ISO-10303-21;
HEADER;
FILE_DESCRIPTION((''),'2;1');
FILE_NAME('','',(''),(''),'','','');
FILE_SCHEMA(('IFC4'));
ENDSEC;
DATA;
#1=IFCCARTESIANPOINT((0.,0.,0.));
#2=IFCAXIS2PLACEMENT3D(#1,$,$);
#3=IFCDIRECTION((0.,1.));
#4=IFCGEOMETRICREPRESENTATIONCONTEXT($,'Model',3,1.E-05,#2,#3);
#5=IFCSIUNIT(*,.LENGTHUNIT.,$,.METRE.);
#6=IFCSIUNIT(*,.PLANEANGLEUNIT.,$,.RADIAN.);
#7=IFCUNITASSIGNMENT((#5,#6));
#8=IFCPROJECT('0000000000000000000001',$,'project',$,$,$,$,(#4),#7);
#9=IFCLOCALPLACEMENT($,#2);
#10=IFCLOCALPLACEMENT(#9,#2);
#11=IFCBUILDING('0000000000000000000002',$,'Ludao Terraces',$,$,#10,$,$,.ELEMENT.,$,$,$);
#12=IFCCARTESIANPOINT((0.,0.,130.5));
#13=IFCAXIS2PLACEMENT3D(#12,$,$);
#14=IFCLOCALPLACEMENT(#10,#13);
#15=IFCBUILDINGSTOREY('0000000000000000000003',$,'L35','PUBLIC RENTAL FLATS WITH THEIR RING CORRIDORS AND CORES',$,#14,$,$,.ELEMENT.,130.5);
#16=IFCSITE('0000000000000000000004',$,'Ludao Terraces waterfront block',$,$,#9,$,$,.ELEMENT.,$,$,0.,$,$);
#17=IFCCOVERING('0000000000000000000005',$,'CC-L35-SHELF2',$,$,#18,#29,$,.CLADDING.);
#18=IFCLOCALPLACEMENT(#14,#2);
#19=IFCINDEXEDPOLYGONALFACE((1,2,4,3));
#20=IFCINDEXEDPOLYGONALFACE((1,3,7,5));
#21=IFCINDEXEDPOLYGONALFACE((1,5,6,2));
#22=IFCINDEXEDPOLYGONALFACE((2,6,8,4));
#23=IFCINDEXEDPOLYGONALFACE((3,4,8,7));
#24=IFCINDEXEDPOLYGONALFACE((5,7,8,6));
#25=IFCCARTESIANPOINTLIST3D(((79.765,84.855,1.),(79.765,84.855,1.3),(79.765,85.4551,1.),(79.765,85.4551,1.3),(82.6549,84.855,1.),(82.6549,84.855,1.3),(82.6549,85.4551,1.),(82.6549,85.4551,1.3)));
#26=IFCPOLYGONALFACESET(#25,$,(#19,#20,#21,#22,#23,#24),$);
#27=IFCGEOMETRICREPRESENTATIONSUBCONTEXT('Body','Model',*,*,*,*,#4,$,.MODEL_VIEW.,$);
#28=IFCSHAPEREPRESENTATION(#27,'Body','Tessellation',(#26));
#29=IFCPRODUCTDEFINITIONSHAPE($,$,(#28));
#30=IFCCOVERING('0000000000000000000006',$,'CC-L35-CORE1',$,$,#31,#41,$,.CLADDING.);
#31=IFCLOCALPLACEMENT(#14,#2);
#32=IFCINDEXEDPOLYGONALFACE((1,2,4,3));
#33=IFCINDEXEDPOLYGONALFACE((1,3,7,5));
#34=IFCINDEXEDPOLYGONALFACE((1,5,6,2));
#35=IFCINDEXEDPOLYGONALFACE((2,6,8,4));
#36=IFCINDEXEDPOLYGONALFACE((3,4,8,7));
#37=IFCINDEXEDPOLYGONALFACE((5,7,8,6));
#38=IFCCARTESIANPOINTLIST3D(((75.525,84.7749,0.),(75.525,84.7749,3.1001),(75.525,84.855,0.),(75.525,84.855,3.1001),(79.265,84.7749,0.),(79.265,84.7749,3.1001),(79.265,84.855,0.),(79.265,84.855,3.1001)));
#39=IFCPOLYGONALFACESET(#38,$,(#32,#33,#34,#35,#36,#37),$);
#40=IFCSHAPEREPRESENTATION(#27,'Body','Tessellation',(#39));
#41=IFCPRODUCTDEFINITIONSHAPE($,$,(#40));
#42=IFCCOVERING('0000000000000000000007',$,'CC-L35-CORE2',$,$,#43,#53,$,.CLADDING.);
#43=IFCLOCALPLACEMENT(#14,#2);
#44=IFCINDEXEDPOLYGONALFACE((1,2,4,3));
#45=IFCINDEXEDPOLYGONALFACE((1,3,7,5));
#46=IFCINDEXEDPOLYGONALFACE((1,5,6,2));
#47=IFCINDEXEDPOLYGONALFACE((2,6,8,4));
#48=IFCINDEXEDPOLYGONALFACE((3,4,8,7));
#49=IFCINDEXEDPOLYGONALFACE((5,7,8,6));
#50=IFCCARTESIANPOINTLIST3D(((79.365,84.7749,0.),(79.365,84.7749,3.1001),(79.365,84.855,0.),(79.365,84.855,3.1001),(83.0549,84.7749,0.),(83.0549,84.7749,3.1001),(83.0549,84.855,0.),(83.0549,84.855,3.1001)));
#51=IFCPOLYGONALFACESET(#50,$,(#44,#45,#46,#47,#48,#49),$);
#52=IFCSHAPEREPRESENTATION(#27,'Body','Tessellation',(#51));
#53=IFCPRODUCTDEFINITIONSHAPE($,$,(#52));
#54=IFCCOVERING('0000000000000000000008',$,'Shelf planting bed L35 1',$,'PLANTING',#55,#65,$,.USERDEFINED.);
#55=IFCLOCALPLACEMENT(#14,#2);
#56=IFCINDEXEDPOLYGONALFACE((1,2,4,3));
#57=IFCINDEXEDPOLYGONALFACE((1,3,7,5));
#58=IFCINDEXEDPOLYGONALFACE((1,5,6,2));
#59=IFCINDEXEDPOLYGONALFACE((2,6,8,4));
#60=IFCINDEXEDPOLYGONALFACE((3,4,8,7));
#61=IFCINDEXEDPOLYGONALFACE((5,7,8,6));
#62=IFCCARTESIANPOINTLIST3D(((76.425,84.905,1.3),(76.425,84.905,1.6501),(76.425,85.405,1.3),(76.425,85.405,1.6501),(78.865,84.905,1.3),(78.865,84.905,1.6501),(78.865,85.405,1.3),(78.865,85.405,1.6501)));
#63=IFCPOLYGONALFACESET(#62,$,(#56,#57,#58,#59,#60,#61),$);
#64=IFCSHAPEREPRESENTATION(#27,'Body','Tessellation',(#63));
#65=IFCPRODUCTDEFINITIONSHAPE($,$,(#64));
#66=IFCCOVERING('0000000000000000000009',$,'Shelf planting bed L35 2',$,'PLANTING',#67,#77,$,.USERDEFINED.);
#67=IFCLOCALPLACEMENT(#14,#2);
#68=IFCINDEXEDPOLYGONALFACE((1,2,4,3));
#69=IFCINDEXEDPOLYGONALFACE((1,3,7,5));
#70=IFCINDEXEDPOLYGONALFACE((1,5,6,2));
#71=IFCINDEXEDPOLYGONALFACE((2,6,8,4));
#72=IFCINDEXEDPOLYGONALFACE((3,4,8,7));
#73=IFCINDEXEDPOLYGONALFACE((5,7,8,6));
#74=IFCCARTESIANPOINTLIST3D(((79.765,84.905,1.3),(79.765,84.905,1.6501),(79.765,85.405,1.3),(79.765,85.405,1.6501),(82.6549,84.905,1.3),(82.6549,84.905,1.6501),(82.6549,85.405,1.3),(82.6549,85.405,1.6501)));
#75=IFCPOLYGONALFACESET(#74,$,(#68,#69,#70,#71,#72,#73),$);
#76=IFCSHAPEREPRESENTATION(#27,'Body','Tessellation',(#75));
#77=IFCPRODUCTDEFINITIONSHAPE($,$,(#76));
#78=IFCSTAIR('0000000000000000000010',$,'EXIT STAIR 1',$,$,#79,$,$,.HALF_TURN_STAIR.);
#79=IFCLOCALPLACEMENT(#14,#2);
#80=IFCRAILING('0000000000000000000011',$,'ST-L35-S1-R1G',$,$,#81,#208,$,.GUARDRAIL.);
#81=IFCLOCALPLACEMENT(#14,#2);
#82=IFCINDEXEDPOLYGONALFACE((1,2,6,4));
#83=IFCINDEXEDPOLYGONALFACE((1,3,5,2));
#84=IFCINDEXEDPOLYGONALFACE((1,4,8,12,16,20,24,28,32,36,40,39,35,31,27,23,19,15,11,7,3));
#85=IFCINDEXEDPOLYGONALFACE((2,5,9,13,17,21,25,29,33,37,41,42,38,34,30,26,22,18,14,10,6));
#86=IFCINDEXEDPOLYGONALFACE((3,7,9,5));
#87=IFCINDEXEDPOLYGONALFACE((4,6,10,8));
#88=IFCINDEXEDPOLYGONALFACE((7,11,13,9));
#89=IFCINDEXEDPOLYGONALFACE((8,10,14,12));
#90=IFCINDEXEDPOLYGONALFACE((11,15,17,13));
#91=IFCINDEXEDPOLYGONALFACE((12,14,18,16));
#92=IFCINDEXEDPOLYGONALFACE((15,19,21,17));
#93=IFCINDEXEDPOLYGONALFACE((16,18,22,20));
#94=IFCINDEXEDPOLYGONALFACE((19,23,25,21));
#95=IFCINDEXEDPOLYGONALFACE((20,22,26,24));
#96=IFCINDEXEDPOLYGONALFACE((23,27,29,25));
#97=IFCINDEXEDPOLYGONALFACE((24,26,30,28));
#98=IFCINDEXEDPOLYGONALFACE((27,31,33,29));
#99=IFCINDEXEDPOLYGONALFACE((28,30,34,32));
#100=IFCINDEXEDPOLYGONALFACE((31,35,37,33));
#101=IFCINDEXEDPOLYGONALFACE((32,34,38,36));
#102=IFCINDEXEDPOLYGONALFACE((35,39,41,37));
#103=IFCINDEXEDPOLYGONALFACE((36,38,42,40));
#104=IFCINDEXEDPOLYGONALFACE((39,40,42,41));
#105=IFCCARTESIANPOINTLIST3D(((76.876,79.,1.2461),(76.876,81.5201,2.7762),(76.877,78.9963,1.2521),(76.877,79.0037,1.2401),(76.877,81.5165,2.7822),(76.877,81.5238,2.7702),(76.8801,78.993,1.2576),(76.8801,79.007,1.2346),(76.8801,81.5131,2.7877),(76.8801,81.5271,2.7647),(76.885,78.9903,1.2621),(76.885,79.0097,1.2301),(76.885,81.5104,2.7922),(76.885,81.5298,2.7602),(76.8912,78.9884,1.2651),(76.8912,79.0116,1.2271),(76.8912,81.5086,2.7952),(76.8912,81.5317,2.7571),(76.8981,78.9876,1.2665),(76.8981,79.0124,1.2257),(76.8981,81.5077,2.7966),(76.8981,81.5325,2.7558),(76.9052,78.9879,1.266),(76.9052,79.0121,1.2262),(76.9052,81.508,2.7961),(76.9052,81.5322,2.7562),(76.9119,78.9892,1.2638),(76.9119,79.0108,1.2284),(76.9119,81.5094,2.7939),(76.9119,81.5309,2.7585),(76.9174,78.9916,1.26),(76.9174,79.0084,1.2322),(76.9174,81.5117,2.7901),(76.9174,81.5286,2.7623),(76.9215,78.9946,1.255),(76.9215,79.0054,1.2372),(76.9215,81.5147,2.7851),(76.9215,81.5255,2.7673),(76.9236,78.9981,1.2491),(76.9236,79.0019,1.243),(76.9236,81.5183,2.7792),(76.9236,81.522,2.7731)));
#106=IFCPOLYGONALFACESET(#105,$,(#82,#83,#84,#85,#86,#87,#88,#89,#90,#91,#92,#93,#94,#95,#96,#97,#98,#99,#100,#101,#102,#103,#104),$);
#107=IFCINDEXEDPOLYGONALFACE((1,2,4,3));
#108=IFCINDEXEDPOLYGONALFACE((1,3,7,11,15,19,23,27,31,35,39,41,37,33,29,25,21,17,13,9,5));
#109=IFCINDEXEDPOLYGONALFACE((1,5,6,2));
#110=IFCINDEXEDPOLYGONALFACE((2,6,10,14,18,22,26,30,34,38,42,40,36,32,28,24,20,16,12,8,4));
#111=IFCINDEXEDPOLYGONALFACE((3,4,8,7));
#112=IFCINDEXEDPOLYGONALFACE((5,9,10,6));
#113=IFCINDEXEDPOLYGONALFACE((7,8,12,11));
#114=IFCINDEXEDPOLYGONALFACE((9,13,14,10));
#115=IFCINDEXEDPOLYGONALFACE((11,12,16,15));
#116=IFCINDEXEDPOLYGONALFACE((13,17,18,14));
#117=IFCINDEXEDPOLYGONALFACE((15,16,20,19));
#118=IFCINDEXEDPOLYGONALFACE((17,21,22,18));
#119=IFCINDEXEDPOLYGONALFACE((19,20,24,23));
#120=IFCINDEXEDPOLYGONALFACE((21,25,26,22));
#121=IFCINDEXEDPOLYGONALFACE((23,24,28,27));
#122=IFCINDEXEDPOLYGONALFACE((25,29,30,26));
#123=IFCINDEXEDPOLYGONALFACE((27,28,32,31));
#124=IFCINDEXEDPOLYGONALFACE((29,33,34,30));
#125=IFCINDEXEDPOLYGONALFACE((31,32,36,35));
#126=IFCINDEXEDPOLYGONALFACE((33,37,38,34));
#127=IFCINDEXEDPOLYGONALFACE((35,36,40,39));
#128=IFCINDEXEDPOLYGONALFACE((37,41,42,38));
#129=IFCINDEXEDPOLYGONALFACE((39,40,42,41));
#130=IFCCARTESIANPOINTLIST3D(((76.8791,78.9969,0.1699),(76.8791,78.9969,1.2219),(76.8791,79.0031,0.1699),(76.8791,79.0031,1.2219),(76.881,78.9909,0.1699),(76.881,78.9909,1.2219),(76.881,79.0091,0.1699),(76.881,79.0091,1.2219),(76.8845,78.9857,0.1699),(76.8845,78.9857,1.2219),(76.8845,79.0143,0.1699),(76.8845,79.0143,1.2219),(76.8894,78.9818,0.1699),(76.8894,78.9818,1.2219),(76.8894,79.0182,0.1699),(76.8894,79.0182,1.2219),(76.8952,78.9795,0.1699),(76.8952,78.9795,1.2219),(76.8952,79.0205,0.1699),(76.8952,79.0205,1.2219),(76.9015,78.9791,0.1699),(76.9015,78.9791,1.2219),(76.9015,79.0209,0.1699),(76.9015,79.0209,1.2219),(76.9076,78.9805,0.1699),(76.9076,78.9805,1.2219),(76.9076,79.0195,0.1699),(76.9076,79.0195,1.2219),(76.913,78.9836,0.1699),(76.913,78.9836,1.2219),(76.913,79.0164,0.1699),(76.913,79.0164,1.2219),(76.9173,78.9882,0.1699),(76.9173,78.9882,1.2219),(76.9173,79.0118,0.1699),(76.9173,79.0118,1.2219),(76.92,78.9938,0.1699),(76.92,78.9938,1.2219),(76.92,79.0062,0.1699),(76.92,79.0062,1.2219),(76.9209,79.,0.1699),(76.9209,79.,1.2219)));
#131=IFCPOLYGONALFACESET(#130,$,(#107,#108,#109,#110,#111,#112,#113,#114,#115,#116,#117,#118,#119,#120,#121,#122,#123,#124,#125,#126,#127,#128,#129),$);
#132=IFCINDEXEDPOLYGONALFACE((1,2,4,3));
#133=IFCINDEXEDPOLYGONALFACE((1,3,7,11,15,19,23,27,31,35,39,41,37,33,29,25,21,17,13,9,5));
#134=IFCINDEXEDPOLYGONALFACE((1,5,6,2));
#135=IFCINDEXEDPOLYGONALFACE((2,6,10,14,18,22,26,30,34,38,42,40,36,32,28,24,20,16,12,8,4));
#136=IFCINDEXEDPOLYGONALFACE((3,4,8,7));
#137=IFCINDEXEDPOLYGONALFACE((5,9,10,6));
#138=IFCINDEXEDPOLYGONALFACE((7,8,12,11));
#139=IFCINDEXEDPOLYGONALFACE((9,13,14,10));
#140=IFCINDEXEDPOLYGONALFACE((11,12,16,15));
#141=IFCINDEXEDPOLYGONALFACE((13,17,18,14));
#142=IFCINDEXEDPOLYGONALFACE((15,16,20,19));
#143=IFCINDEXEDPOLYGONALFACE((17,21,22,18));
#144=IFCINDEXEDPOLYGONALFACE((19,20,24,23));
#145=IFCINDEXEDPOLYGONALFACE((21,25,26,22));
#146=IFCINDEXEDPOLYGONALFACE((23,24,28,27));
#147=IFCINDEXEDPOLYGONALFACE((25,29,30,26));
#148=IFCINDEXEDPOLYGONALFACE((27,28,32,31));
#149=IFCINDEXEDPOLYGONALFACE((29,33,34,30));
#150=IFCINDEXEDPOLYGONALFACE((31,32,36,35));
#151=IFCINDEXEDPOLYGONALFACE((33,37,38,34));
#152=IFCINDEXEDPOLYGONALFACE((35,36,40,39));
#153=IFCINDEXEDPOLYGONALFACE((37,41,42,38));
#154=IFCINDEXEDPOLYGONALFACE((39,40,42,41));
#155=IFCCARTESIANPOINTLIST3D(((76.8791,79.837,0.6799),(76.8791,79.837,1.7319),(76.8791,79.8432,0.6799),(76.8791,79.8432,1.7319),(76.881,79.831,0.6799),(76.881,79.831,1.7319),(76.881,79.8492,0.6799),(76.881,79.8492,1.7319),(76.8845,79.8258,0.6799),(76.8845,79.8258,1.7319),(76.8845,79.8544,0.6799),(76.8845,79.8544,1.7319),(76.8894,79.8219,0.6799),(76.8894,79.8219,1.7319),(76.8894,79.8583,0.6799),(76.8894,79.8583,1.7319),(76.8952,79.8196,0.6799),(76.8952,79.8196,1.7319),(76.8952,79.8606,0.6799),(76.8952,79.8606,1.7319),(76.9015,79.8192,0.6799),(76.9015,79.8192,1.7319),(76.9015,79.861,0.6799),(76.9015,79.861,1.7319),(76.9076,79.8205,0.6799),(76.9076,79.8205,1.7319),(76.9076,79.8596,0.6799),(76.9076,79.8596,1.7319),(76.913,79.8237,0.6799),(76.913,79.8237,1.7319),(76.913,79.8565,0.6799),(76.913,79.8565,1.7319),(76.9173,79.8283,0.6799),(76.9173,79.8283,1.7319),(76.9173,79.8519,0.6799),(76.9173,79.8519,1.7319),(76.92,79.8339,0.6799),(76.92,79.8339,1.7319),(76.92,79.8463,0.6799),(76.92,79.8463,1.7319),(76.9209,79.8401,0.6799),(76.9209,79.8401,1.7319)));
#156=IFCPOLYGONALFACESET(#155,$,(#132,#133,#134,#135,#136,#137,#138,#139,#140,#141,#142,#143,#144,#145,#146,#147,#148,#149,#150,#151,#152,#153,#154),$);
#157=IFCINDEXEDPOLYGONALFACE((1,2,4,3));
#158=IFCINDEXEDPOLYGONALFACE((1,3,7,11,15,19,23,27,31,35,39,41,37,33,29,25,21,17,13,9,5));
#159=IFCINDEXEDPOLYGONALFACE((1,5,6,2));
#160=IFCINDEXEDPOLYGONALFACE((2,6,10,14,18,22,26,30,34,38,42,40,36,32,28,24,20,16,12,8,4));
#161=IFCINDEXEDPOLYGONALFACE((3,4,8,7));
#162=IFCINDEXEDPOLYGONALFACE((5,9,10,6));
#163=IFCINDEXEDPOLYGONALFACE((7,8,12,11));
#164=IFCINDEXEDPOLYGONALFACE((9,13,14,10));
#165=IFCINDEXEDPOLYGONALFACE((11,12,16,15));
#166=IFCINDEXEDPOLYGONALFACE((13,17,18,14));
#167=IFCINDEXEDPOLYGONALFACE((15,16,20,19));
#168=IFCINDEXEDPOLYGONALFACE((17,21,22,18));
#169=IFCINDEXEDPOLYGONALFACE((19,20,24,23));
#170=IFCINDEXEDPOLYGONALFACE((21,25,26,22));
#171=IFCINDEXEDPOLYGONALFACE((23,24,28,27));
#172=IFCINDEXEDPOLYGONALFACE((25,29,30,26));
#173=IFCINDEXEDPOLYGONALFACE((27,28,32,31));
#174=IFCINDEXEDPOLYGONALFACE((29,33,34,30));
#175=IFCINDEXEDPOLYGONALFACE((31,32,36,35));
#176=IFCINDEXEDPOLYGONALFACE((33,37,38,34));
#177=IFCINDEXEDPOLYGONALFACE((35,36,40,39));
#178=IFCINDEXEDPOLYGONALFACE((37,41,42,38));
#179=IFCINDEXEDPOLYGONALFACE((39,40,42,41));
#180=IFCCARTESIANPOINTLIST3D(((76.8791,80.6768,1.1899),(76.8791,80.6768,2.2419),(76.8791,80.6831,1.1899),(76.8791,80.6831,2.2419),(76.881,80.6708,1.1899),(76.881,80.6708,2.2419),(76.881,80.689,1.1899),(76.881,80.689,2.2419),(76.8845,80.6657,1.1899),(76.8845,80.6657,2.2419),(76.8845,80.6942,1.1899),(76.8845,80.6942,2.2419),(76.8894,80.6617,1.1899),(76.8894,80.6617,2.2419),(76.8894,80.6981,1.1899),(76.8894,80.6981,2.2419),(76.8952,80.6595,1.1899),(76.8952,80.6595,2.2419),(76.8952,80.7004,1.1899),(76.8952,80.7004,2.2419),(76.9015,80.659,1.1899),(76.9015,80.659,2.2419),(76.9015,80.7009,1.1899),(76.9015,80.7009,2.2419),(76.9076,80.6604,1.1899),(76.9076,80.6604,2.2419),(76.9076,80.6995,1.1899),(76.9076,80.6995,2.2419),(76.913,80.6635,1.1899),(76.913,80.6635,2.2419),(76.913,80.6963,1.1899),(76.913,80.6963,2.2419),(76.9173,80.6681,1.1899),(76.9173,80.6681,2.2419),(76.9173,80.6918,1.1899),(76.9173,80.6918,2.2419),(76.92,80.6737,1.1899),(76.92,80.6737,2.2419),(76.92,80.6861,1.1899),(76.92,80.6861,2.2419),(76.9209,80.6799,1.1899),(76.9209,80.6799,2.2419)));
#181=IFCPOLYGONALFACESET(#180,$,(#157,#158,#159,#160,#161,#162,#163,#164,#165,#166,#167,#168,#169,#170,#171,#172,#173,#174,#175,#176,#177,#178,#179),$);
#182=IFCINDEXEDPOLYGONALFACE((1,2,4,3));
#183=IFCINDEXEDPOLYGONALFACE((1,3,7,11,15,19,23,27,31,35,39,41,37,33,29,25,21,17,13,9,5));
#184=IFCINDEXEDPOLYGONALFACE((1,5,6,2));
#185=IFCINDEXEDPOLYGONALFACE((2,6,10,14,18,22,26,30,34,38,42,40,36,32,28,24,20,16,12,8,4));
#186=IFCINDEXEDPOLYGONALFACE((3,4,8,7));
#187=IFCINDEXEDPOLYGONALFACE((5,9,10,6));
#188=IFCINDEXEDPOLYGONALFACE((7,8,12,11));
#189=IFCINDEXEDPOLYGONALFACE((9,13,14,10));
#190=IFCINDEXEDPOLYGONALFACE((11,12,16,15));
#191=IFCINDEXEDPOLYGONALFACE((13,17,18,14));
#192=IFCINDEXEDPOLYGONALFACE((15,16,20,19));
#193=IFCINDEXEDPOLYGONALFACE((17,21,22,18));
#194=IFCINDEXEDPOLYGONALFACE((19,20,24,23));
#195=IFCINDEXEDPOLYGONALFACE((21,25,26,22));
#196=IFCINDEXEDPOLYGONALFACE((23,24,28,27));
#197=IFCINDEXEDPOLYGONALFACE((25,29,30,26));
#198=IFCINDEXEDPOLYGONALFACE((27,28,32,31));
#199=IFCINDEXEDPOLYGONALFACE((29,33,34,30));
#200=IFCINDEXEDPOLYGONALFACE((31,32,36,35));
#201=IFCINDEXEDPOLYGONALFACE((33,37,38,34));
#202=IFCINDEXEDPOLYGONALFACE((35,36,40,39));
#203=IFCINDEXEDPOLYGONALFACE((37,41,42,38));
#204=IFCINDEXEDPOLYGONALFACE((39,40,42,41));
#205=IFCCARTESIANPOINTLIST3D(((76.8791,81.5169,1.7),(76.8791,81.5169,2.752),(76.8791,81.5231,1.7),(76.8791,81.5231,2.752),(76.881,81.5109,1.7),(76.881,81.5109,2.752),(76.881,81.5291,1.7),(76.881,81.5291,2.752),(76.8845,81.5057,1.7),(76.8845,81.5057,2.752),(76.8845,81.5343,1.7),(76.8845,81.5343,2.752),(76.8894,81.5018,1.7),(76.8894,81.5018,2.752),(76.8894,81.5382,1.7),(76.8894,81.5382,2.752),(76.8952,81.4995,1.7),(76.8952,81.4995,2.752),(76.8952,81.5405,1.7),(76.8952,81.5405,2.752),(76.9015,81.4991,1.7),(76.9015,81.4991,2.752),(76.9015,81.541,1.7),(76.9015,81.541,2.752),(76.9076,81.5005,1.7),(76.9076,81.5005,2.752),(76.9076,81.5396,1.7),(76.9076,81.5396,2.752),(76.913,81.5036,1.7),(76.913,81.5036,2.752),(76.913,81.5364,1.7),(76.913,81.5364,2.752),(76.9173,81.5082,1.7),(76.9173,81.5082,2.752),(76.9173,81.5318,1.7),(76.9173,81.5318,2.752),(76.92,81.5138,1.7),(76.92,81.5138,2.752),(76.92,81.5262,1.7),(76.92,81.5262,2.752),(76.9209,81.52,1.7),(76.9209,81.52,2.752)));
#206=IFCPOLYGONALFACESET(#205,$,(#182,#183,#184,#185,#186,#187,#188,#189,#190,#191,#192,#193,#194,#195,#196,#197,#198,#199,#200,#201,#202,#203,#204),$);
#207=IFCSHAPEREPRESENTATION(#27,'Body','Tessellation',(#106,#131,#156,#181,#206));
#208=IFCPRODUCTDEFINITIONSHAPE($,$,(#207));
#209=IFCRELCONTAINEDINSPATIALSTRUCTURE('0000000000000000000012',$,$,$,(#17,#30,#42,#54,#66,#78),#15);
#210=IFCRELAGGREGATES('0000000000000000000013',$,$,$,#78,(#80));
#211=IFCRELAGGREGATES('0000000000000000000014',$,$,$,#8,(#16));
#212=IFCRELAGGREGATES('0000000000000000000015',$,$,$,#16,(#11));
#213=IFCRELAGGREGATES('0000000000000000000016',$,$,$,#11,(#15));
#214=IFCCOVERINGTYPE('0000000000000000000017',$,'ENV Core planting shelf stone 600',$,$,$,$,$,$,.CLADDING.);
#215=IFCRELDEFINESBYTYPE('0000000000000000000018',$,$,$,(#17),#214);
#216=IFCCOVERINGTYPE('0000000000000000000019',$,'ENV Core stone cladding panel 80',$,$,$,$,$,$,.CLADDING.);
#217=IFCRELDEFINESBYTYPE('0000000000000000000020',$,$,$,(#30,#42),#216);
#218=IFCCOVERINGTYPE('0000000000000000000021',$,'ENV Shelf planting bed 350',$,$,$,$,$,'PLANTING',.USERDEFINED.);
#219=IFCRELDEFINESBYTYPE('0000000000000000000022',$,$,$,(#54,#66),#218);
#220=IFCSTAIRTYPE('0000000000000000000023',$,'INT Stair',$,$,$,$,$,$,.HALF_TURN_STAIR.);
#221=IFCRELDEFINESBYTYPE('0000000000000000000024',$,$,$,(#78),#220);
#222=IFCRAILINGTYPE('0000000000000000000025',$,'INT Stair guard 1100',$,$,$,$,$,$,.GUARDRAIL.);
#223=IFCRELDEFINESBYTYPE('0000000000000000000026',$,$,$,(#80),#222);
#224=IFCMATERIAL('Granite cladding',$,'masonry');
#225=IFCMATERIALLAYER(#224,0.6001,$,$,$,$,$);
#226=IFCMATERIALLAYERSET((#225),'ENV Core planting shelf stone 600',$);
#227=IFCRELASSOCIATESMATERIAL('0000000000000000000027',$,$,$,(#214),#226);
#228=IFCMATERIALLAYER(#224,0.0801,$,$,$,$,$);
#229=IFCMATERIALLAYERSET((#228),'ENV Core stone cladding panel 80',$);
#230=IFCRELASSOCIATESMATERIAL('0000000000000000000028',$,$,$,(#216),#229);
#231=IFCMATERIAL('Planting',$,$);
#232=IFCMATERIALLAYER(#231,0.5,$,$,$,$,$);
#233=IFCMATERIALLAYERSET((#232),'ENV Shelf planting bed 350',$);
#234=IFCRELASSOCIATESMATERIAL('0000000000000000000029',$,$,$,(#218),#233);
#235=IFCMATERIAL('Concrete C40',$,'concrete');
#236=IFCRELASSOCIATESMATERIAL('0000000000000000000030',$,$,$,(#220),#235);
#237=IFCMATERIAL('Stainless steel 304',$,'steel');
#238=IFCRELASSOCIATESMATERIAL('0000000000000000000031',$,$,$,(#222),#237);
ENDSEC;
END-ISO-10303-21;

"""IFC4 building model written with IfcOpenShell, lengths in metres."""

from ifc_helpers import new_model, si_unit, direction, frame, origin, origin_2d, place, context, subcontext, project, spatial, rectangle, circle, extrude, material, layer, layer_set, type_object, element, aggregate, save


model = new_model("IFC4")

# Units and contexts
model_context = context("Model", 3, precision=1e-05, world=origin(), true_north=direction((0.0, 1.0)))
body_context = subcontext(model_context, "Body", "Model", "MODEL_VIEW")
ifc_project = project(units=[si_unit("LENGTHUNIT", "METRE"), si_unit("PLANEANGLEUNIT", "RADIAN")], contexts=[model_context])

# Site, building, storey
site_placement = place(None, origin())
site = spatial("IfcSite", under=ifc_project, at=site_placement, Name="Ludao Terraces waterfront block", CompositionType="ELEMENT", RefElevation=0.0)
building_placement = place(site_placement, origin())
building = spatial("IfcBuilding", under=site, at=building_placement, Name="Ludao Terraces", CompositionType="ELEMENT")
storey_placement = place(building_placement, frame((0.0, 0.0, 130.5)))
storey = spatial("IfcBuildingStorey", under=building, at=storey_placement, Name="L35", Description="PUBLIC RENTAL FLATS WITH THEIR RING CORRIDORS AND CORES", CompositionType="ELEMENT", Elevation=130.5)

# Shared definitions
ifc_material_1 = material(Name="Stainless steel 304", Category="steel")

# Coverings
ifc_material_2 = material(Name="Granite cladding", Category="masonry")
ifc_layer_1 = layer(ifc_material_2, 0.6001)
ifc_layer_set_1 = layer_set([ifc_layer_1], Name="ENV Core planting shelf stone 600")
covering_type_1 = type_object("IfcCoveringType", Name="ENV Core planting shelf stone 600", PredefinedType="CLADDING", material=ifc_layer_set_1)
covering_1_placement = place(storey_placement, frame((81.21, 85.155, 1.0), z_axis=(0.0, 0.0, 1.0), x_axis=(1.0, 0.0, 0.0)))
element("IfcCovering", 1, at=covering_1_placement, inside=storey, type_object=covering_type_1, Name="CC-L35-SHELF2", PredefinedType="CLADDING", context=body_context, shape_type="SweptSolid", body=[
    extrude(rectangle(XDim=2.8899, YDim=0.6001, at=origin_2d()), origin(), (0.0, 0.0, 1.0), 0.3),
])
ifc_layer_2 = layer(ifc_material_2, 0.0801)
ifc_layer_set_2 = layer_set([ifc_layer_2], Name="ENV Core stone cladding panel 80")
covering_type_2 = type_object("IfcCoveringType", Name="ENV Core stone cladding panel 80", PredefinedType="CLADDING", material=ifc_layer_set_2)
covering_2_placement = place(storey_placement, frame((77.395, 84.8149, 0.0), z_axis=(0.0, 0.0, 1.0), x_axis=(1.0, 0.0, 0.0)))
element("IfcCovering", 2, at=covering_2_placement, inside=storey, type_object=covering_type_2, Name="CC-L35-CORE1", PredefinedType="CLADDING", context=body_context, shape_type="SweptSolid", body=[
    extrude(rectangle(XDim=3.74, YDim=0.0801, at=origin_2d()), origin(), (0.0, 0.0, 1.0), 3.1001),
])
covering_3_placement = place(storey_placement, frame((81.21, 84.8149, 0.0), z_axis=(0.0, 0.0, 1.0), x_axis=(1.0, 0.0, 0.0)))
element("IfcCovering", 3, at=covering_3_placement, inside=storey, type_object=covering_type_2, Name="CC-L35-CORE2", PredefinedType="CLADDING", context=body_context, shape_type="SweptSolid", body=[
    extrude(rectangle(XDim=3.6899, YDim=0.0801, at=origin_2d()), origin(), (0.0, 0.0, 1.0), 3.1001),
])
ifc_material_3 = material(Name="Planting")
ifc_layer_3 = layer(ifc_material_3, 0.5)
ifc_layer_set_3 = layer_set([ifc_layer_3], Name="ENV Shelf planting bed 350")
covering_type_3 = type_object("IfcCoveringType", Name="ENV Shelf planting bed 350", ElementType="PLANTING", PredefinedType="USERDEFINED", material=ifc_layer_set_3)
covering_4_placement = place(storey_placement, frame((77.645, 85.155, 1.3), z_axis=(0.0, 0.0, 1.0), x_axis=(1.0, 0.0, 0.0)))
element("IfcCovering", 4, at=covering_4_placement, inside=storey, type_object=covering_type_3, Name="Shelf planting bed L35 1", ObjectType="PLANTING", PredefinedType="USERDEFINED", context=body_context, shape_type="SweptSolid", body=[
    extrude(rectangle(XDim=2.4399, YDim=0.5, at=origin_2d()), origin(), (0.0, 0.0, 1.0), 0.3501),
])
covering_5_placement = place(storey_placement, frame((81.21, 85.155, 1.3), z_axis=(0.0, 0.0, 1.0), x_axis=(1.0, 0.0, 0.0)))
element("IfcCovering", 5, at=covering_5_placement, inside=storey, type_object=covering_type_3, Name="Shelf planting bed L35 2", ObjectType="PLANTING", PredefinedType="USERDEFINED", context=body_context, shape_type="SweptSolid", body=[
    extrude(rectangle(XDim=2.8899, YDim=0.5, at=origin_2d()), origin(), (0.0, 0.0, 1.0), 0.3501),
])

# Stair, railing
ifc_material_4 = material(Name="Concrete C40", Category="concrete")
stair_type = type_object("IfcStairType", Name="INT Stair", PredefinedType="HALF_TURN_STAIR", material=ifc_material_4)
stair_placement = place(storey_placement, origin())
stair = element("IfcStair", 6, at=stair_placement, inside=storey, type_object=stair_type, Name="EXIT STAIR 1", PredefinedType="HALF_TURN_STAIR")
railing_type_1 = type_object("IfcRailingType", Name="INT Stair guard 1100", PredefinedType="GUARDRAIL", material=ifc_material_1)
railing_1_placement = place(storey_placement, frame((76.8999, 79.0, 0.1699)))
railing_1 = element("IfcRailing", 7, at=railing_1_placement, type_object=railing_type_1, Name="ST-L35-S1-R1G", PredefinedType="GUARDRAIL", context=body_context, shape_type="SweptSolid", body=[
    extrude(circle(Radius=0.0239, at=origin_2d()), frame((0.0, 0.0, 1.0762), z_axis=(0.0, 0.854785, 0.518982), x_axis=(-1.0, 0.0, 0.0)), (0.0, 0.0, 1.0), 2.9482),
    extrude(circle(Radius=0.021, at=origin_2d()), origin(), (0.0, 0.0, 1.0), 1.052),
    extrude(circle(Radius=0.021, at=origin_2d()), frame((0.0, 0.8401, 0.51)), (0.0, 0.0, 1.0), 1.052),
    extrude(circle(Radius=0.021, at=origin_2d()), frame((0.0, 1.6799, 1.02)), (0.0, 0.0, 1.0), 1.052),
    extrude(circle(Radius=0.021, at=origin_2d()), frame((0.0, 2.52, 1.53)), (0.0, 0.0, 1.0), 1.052),
])
aggregate(stair, [railing_1])

save(model, "model.ifc")
